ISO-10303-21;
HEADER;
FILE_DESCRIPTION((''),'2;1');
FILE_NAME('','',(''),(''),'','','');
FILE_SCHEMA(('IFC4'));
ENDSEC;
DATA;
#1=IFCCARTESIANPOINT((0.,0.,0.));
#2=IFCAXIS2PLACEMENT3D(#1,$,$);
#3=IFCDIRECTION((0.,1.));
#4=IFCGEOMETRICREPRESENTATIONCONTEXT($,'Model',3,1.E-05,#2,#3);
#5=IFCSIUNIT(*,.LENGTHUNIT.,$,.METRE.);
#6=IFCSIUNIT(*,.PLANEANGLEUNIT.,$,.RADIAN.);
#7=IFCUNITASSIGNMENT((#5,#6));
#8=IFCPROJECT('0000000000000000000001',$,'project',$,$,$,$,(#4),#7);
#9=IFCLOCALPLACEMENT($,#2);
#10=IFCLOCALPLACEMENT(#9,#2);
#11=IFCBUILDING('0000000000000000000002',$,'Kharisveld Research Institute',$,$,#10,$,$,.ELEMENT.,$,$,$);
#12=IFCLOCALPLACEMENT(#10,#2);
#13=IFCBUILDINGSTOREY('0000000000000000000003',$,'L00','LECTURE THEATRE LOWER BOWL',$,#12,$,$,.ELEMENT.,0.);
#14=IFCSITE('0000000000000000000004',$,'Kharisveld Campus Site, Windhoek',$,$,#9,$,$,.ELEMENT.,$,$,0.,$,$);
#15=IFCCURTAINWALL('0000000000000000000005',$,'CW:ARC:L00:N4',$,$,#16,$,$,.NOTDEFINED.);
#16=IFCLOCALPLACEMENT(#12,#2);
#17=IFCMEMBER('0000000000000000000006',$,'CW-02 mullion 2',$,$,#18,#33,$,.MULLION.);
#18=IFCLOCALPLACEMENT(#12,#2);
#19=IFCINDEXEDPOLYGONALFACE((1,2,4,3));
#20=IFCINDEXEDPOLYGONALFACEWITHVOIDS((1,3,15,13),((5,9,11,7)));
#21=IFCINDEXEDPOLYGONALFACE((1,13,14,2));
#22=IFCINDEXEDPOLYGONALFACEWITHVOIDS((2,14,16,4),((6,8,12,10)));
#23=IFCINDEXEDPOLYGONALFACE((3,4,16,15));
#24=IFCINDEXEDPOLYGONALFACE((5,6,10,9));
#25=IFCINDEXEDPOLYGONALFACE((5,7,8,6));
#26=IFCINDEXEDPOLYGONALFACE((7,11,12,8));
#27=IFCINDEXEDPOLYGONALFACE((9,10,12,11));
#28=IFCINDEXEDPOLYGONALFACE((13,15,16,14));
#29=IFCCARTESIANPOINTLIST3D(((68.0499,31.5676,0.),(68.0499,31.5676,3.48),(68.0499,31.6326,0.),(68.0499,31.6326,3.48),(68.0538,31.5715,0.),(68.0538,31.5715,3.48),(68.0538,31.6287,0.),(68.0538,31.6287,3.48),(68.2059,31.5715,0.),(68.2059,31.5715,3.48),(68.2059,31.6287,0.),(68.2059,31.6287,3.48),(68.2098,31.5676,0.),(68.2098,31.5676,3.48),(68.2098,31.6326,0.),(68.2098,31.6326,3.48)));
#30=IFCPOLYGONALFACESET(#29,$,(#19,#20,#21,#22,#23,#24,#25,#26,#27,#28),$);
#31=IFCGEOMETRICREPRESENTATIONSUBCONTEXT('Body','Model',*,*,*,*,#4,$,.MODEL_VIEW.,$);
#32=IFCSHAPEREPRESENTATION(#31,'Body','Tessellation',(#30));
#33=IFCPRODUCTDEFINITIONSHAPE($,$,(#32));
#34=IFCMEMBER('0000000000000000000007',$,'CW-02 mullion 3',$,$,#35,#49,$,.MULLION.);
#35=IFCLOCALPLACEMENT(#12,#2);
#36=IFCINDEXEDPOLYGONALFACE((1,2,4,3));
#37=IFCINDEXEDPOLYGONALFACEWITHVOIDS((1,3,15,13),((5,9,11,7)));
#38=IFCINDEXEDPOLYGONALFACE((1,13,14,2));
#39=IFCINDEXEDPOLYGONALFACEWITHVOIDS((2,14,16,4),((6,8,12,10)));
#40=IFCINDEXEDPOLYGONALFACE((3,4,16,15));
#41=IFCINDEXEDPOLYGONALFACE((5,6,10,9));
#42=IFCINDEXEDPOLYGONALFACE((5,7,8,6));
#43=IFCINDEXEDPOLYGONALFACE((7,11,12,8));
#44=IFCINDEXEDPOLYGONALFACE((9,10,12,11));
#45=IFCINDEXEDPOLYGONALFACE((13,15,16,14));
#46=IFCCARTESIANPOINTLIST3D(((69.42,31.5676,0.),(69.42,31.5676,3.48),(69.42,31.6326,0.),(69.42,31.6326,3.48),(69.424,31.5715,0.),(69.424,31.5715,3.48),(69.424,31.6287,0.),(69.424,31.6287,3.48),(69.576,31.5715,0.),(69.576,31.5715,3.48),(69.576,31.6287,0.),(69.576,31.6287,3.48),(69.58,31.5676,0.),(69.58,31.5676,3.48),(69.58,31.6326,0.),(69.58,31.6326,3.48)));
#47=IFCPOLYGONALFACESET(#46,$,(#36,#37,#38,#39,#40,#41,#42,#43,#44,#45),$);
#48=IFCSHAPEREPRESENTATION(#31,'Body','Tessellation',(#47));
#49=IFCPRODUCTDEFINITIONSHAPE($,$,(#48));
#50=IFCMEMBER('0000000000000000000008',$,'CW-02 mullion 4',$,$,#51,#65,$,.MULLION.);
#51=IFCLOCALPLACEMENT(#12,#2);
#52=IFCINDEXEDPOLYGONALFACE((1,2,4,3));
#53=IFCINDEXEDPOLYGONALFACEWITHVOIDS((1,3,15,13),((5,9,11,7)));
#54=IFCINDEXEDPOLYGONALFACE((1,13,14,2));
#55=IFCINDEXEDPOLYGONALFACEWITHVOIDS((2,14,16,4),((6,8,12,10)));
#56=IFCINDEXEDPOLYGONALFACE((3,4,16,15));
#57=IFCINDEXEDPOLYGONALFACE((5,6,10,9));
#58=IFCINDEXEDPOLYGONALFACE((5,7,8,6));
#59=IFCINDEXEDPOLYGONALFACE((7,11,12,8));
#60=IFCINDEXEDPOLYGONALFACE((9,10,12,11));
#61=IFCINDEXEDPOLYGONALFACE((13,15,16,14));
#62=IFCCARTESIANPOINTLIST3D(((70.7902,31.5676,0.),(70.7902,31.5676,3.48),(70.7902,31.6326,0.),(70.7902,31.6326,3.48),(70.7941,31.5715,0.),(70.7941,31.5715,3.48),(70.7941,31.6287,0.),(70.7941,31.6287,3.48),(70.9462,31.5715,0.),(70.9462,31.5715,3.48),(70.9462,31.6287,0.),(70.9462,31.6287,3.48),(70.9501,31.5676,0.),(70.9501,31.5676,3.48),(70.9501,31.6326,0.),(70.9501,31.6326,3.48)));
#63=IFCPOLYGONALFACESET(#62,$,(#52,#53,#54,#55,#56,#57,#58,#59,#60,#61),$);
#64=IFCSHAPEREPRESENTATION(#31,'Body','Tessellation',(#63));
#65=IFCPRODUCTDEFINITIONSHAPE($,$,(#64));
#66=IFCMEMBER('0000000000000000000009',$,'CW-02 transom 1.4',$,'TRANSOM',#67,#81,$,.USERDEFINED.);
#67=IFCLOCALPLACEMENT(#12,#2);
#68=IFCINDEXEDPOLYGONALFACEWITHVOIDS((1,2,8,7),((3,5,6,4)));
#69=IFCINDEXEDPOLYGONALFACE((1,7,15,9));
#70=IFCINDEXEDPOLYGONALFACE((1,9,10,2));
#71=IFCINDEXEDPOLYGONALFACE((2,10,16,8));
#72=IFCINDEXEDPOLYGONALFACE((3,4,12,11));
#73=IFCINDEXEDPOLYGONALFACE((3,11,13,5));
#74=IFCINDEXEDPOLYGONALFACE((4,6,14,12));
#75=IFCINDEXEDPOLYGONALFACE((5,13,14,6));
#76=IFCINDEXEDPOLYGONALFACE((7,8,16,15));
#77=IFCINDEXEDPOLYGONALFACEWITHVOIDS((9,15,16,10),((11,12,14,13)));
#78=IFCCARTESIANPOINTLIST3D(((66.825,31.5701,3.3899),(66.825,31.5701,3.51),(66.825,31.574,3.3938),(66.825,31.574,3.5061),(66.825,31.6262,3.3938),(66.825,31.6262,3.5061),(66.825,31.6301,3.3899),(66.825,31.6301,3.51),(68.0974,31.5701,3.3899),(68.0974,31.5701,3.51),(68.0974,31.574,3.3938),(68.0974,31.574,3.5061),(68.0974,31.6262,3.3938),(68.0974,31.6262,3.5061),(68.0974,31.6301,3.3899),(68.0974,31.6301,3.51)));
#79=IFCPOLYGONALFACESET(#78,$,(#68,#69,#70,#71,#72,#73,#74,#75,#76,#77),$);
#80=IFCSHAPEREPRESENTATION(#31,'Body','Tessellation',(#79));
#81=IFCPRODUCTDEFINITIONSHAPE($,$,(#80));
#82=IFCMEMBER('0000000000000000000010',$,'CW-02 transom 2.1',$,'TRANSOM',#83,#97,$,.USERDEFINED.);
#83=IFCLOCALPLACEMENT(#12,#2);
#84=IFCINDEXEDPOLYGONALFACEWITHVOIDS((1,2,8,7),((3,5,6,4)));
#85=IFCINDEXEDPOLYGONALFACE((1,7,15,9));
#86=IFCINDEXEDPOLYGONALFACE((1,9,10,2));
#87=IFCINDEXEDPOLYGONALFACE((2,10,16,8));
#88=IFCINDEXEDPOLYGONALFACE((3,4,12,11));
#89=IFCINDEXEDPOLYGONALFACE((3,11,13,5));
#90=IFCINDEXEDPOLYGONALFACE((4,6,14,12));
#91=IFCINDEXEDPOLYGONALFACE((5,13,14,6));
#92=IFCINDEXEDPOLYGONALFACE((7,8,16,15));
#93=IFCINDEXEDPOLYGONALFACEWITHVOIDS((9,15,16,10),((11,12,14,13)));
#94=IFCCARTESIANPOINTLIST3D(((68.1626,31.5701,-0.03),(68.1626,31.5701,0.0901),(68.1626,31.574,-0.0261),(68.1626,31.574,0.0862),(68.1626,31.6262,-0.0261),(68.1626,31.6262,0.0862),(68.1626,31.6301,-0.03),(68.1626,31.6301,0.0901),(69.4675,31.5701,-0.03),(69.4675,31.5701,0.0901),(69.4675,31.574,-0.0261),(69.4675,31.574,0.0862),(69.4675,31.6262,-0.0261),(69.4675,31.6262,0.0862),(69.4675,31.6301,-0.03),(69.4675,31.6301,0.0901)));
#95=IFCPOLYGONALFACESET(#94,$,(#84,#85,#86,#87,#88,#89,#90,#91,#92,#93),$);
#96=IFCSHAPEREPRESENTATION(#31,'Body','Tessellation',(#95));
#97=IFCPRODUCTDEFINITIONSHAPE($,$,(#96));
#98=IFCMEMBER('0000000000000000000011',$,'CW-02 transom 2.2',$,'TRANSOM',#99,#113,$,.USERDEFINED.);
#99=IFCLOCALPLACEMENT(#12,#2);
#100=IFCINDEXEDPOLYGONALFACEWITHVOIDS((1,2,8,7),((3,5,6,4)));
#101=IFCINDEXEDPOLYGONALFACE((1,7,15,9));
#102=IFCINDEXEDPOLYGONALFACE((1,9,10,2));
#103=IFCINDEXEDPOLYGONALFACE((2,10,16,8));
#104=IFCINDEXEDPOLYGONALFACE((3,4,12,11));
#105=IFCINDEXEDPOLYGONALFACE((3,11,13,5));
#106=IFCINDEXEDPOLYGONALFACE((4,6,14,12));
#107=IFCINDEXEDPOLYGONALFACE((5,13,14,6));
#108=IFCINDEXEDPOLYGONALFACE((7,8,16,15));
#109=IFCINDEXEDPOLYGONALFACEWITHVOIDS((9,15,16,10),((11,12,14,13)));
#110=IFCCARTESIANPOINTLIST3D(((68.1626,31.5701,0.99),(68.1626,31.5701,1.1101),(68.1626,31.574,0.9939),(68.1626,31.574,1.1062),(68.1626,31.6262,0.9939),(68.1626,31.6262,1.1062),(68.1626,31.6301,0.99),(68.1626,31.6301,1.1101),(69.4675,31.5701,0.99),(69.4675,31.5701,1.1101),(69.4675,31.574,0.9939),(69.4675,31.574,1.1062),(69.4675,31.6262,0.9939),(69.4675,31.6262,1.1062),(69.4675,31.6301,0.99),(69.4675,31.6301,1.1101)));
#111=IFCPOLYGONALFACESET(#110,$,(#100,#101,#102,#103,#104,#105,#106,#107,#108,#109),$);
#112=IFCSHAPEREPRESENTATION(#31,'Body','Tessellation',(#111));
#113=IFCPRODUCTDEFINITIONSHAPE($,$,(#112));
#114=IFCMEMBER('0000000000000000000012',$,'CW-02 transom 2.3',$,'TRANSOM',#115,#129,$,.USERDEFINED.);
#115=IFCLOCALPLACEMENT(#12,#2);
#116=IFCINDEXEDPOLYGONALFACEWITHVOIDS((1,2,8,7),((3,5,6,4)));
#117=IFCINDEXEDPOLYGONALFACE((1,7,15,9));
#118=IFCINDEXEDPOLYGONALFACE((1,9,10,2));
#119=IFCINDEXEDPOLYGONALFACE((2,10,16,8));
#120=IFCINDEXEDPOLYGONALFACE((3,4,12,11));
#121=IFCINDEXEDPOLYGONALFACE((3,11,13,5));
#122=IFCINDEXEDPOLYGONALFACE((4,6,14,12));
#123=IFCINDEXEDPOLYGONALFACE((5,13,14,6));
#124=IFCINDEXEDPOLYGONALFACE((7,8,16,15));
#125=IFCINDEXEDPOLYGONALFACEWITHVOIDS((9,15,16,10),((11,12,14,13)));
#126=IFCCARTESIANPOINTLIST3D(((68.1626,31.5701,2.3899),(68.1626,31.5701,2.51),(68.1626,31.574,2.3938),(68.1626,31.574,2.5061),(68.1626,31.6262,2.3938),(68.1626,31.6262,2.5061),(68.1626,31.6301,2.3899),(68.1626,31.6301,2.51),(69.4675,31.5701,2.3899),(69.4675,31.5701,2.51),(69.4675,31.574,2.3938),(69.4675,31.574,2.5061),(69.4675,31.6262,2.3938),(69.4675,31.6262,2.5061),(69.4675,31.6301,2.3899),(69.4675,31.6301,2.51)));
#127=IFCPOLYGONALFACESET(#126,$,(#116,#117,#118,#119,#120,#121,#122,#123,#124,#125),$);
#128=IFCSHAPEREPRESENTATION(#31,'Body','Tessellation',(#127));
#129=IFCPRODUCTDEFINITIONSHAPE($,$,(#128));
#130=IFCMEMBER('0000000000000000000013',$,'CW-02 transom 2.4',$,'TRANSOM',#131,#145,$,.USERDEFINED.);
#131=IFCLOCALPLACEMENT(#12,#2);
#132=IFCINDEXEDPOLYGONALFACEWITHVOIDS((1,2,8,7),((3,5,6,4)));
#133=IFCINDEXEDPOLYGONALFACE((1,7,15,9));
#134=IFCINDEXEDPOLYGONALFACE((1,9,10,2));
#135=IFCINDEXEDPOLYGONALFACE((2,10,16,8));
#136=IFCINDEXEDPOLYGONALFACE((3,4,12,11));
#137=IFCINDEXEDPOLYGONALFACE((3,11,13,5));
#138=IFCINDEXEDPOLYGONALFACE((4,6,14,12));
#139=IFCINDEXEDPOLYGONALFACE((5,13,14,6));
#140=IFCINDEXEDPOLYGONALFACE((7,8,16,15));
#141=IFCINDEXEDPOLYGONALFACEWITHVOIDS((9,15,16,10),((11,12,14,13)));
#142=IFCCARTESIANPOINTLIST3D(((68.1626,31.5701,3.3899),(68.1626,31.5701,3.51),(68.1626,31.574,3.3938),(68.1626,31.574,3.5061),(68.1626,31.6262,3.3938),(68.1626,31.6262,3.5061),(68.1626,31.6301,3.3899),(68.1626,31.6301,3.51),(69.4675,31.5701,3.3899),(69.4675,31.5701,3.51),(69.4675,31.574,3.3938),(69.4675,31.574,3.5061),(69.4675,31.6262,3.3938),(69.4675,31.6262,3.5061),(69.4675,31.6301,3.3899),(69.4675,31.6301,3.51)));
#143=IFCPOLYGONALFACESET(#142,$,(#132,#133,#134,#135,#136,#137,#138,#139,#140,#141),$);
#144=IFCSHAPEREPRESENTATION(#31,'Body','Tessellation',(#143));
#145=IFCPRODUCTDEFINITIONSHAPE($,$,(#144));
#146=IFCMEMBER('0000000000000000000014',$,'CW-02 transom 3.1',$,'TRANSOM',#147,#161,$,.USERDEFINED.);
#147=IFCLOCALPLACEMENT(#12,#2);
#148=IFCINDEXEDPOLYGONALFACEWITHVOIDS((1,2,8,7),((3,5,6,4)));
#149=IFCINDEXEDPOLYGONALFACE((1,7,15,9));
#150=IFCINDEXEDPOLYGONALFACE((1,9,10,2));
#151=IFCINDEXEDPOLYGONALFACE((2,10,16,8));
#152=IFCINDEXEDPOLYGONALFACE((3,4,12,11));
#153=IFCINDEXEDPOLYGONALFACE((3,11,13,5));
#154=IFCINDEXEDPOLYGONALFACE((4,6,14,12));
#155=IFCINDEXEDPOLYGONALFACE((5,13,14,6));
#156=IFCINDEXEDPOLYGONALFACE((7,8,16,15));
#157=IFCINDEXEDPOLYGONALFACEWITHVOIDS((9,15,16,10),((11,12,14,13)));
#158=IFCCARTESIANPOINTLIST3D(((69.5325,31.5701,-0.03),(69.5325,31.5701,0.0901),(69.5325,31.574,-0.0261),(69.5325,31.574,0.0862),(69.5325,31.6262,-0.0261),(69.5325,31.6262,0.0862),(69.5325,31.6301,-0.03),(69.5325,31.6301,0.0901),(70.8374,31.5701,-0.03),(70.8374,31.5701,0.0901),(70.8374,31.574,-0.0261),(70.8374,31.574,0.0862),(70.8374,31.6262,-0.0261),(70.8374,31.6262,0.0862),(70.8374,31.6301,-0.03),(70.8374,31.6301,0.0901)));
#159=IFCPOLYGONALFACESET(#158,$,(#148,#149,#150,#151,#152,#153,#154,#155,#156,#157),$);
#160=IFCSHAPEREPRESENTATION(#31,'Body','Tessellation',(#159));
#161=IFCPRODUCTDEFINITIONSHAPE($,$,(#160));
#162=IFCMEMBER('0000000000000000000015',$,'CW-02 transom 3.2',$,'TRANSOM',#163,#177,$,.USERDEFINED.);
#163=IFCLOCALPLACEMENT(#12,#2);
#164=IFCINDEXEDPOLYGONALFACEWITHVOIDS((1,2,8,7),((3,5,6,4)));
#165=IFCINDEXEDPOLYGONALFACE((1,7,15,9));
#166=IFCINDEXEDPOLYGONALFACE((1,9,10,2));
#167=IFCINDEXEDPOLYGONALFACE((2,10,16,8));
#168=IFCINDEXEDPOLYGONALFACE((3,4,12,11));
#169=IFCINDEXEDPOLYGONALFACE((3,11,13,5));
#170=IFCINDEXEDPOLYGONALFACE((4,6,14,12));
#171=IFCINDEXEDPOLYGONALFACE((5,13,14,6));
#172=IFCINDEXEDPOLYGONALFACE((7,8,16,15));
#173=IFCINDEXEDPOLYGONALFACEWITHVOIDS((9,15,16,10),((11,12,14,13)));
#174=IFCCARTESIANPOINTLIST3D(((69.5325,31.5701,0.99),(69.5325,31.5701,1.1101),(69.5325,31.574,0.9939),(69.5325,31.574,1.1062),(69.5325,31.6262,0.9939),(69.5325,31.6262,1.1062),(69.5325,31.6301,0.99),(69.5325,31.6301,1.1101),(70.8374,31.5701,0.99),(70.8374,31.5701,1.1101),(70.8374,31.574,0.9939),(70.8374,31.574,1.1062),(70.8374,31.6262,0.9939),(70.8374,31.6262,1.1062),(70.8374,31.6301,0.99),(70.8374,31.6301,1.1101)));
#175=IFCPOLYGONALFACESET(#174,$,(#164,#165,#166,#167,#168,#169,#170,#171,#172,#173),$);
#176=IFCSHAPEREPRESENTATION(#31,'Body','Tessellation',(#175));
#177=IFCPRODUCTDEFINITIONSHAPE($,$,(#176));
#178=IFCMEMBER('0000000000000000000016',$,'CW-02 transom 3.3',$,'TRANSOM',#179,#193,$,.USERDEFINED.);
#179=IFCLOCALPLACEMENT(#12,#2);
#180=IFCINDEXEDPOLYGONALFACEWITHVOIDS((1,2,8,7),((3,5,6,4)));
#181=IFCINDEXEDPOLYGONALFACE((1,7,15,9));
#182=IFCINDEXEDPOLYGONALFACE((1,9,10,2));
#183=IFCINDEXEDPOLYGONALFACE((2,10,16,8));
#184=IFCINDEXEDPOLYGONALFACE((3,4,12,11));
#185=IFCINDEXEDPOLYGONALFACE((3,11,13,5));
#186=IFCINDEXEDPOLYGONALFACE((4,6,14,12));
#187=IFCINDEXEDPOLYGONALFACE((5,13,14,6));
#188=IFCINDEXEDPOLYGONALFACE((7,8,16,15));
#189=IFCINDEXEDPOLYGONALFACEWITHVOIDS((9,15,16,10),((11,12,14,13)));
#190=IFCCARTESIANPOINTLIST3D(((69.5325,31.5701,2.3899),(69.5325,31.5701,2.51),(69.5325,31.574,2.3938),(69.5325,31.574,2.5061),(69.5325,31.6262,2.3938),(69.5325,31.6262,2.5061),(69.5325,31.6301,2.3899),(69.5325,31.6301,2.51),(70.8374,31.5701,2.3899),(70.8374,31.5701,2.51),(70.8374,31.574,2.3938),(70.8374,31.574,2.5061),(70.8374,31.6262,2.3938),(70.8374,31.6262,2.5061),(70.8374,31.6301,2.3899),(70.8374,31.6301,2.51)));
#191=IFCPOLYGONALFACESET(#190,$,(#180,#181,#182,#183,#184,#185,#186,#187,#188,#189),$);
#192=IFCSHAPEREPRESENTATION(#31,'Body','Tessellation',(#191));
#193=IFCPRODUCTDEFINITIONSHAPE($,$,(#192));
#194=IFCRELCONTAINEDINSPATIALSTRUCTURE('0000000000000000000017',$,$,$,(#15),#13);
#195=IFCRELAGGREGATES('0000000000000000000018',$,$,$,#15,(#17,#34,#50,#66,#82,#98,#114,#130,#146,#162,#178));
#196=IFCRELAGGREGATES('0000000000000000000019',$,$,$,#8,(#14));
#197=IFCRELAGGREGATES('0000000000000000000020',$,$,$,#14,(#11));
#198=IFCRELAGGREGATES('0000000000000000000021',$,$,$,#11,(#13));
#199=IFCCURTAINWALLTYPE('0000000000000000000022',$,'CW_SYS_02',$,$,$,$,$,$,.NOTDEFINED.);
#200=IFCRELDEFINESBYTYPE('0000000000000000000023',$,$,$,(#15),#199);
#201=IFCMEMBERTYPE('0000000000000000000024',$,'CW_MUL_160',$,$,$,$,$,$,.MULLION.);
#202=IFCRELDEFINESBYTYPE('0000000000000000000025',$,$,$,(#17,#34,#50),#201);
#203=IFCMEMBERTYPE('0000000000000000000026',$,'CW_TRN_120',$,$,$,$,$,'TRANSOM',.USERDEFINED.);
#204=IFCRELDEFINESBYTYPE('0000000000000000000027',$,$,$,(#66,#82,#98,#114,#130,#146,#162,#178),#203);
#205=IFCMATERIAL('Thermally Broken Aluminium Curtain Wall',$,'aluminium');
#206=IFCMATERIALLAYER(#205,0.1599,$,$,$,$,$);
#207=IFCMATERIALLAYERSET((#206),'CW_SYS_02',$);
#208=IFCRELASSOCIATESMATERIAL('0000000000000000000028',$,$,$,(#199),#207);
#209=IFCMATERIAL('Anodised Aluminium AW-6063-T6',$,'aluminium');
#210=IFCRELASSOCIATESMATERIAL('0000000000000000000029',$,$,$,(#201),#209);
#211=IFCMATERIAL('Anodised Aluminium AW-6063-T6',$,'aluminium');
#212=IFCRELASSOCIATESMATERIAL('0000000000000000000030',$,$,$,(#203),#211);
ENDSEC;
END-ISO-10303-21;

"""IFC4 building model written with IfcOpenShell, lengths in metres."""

from ifc_helpers import new_model, si_unit, direction, frame, origin, origin_2d, place, context, subcontext, project, spatial, hollow_rectangle, extrude, material, layer, layer_set, material_profile, profile_set, type_object, element, aggregate, save


model = new_model("IFC4")

# Units and contexts
model_context = context("Model", 3, precision=1e-05, world=origin(), true_north=direction((0.0, 1.0)))
body_context = subcontext(model_context, "Body", "Model", "MODEL_VIEW")
ifc_project = project(units=[si_unit("LENGTHUNIT", "METRE"), si_unit("PLANEANGLEUNIT", "RADIAN")], contexts=[model_context])

# Site, building, storey
site_placement = place(None, origin())
site = spatial("IfcSite", under=ifc_project, at=site_placement, Name="Kharisveld Campus Site, Windhoek", CompositionType="ELEMENT", RefElevation=0.0)
building_placement = place(site_placement, origin())
building = spatial("IfcBuilding", under=site, at=building_placement, Name="Kharisveld Research Institute", CompositionType="ELEMENT")
storey_placement = place(building_placement, origin())
storey = spatial("IfcBuildingStorey", under=building, at=storey_placement, Name="L00", Description="LECTURE THEATRE LOWER BOWL", CompositionType="ELEMENT", Elevation=0.0)

# Curtain wall, members
ifc_material_1 = material(Name="Thermally Broken Aluminium Curtain Wall", Category="aluminium")
ifc_layer_1 = layer(ifc_material_1, 0.1599)
ifc_layer_set_1 = layer_set([ifc_layer_1], Name="CW_SYS_02")
curtain_wall_type = type_object("IfcCurtainWallType", Name="CW_SYS_02", PredefinedType="NOTDEFINED", material=ifc_layer_set_1)
curtain_wall_placement = place(storey_placement, origin())
curtain_wall = element("IfcCurtainWall", 1, at=curtain_wall_placement, inside=storey, type_object=curtain_wall_type, Name="CW:ARC:L00:N4", PredefinedType="NOTDEFINED")
ifc_material_2 = material(Name="Anodised Aluminium AW-6063-T6", Category="aluminium")
ifc_material_profile_1 = material_profile(ifc_material_2, hollow_rectangle(XDim=0.0649, YDim=0.1599, WallThickness=0.0039, at=origin_2d()))
ifc_profile_set_1 = profile_set([ifc_material_profile_1], Name="Anodised Aluminium AW-6063-T6")
member_type_1 = type_object("IfcMemberType", Name="CW_MUL_160", PredefinedType="MULLION", material=ifc_profile_set_1)
member_1_placement = place(storey_placement, frame((68.1299, 31.6001, 0.0), z_axis=(0.0, 0.0, 1.0), x_axis=(0.0, 1.0, 0.0)))
member_1 = element("IfcMember", 2, at=member_1_placement, type_object=member_type_1, Name="CW-02 mullion 2", PredefinedType="MULLION", context=body_context, shape_type="SweptSolid", body=[
    extrude(hollow_rectangle(XDim=0.0649, YDim=0.1599, WallThickness=0.0039, at=origin_2d()), origin(), (0.0, 0.0, 1.0), 3.48),
])
member_2_placement = place(storey_placement, frame((69.5, 31.6001, 0.0), z_axis=(0.0, 0.0, 1.0), x_axis=(0.0, 1.0, 0.0)))
member_2 = element("IfcMember", 3, at=member_2_placement, type_object=member_type_1, Name="CW-02 mullion 3", PredefinedType="MULLION", context=body_context, shape_type="SweptSolid", body=[
    extrude(hollow_rectangle(XDim=0.0649, YDim=0.1599, WallThickness=0.0039, at=origin_2d()), origin(), (0.0, 0.0, 1.0), 3.48),
])
member_3_placement = place(storey_placement, frame((70.8701, 31.6001, 0.0), z_axis=(0.0, 0.0, 1.0), x_axis=(0.0, 1.0, 0.0)))
member_3 = element("IfcMember", 4, at=member_3_placement, type_object=member_type_1, Name="CW-02 mullion 4", PredefinedType="MULLION", context=body_context, shape_type="SweptSolid", body=[
    extrude(hollow_rectangle(XDim=0.0649, YDim=0.1599, WallThickness=0.0039, at=origin_2d()), origin(), (0.0, 0.0, 1.0), 3.48),
])
ifc_material_3 = material(Name="Anodised Aluminium AW-6063-T6", Category="aluminium")
ifc_material_profile_2 = material_profile(ifc_material_3, hollow_rectangle(XDim=0.0601, YDim=0.1201, WallThickness=0.0039, at=origin_2d()))
ifc_profile_set_2 = profile_set([ifc_material_profile_2], Name="Anodised Aluminium AW-6063-T6")
member_type_2 = type_object("IfcMemberType", Name="CW_TRN_120", ElementType="TRANSOM", PredefinedType="USERDEFINED", material=ifc_profile_set_2)
member_4_placement = place(storey_placement, frame((66.825, 31.6001, 3.45), z_axis=(1.0, 0.0, 0.0), x_axis=(0.0, 1.0, 0.0)))
member_4 = element("IfcMember", 5, at=member_4_placement, type_object=member_type_2, Name="CW-02 transom 1.4", ObjectType="TRANSOM", PredefinedType="USERDEFINED", context=body_context, shape_type="SweptSolid", body=[
    extrude(hollow_rectangle(XDim=0.0601, YDim=0.1201, WallThickness=0.0039, at=origin_2d()), origin(), (0.0, 0.0, 1.0), 1.2725),
])
member_5_placement = place(storey_placement, frame((68.1626, 31.6001, 0.03), z_axis=(1.0, 0.0, 0.0), x_axis=(0.0, 1.0, 0.0)))
member_5 = element("IfcMember", 6, at=member_5_placement, type_object=member_type_2, Name="CW-02 transom 2.1", ObjectType="TRANSOM", PredefinedType="USERDEFINED", context=body_context, shape_type="SweptSolid", body=[
    extrude(hollow_rectangle(XDim=0.0601, YDim=0.1201, WallThickness=0.0039, at=origin_2d()), origin(), (0.0, 0.0, 1.0), 1.3049),
])
member_6_placement = place(storey_placement, frame((68.1626, 31.6001, 1.05), z_axis=(1.0, 0.0, 0.0), x_axis=(0.0, 1.0, 0.0)))
member_6 = element("IfcMember", 7, at=member_6_placement, type_object=member_type_2, Name="CW-02 transom 2.2", ObjectType="TRANSOM", PredefinedType="USERDEFINED", context=body_context, shape_type="SweptSolid", body=[
    extrude(hollow_rectangle(XDim=0.0601, YDim=0.1201, WallThickness=0.0039, at=origin_2d()), origin(), (0.0, 0.0, 1.0), 1.3049),
])
member_7_placement = place(storey_placement, frame((68.1626, 31.6001, 2.45), z_axis=(1.0, 0.0, 0.0), x_axis=(0.0, 1.0, 0.0)))
member_7 = element("IfcMember", 8, at=member_7_placement, type_object=member_type_2, Name="CW-02 transom 2.3", ObjectType="TRANSOM", PredefinedType="USERDEFINED", context=body_context, shape_type="SweptSolid", body=[
    extrude(hollow_rectangle(XDim=0.0601, YDim=0.1201, WallThickness=0.0039, at=origin_2d()), origin(), (0.0, 0.0, 1.0), 1.3049),
])
member_8_placement = place(storey_placement, frame((68.1626, 31.6001, 3.45), z_axis=(1.0, 0.0, 0.0), x_axis=(0.0, 1.0, 0.0)))
member_8 = element("IfcMember", 9, at=member_8_placement, type_object=member_type_2, Name="CW-02 transom 2.4", ObjectType="TRANSOM", PredefinedType="USERDEFINED", context=body_context, shape_type="SweptSolid", body=[
    extrude(hollow_rectangle(XDim=0.0601, YDim=0.1201, WallThickness=0.0039, at=origin_2d()), origin(), (0.0, 0.0, 1.0), 1.3049),
])
member_9_placement = place(storey_placement, frame((69.5325, 31.6001, 0.03), z_axis=(1.0, 0.0, 0.0), x_axis=(0.0, 1.0, 0.0)))
member_9 = element("IfcMember", 10, at=member_9_placement, type_object=member_type_2, Name="CW-02 transom 3.1", ObjectType="TRANSOM", PredefinedType="USERDEFINED", context=body_context, shape_type="SweptSolid", body=[
    extrude(hollow_rectangle(XDim=0.0601, YDim=0.1201, WallThickness=0.0039, at=origin_2d()), origin(), (0.0, 0.0, 1.0), 1.3049),
])
member_10_placement = place(storey_placement, frame((69.5325, 31.6001, 1.05), z_axis=(1.0, 0.0, 0.0), x_axis=(0.0, 1.0, 0.0)))
member_10 = element("IfcMember", 11, at=member_10_placement, type_object=member_type_2, Name="CW-02 transom 3.2", ObjectType="TRANSOM", PredefinedType="USERDEFINED", context=body_context, shape_type="SweptSolid", body=[
    extrude(hollow_rectangle(XDim=0.0601, YDim=0.1201, WallThickness=0.0039, at=origin_2d()), origin(), (0.0, 0.0, 1.0), 1.3049),
])
member_11_placement = place(storey_placement, frame((69.5325, 31.6001, 2.45), z_axis=(1.0, 0.0, 0.0), x_axis=(0.0, 1.0, 0.0)))
member_11 = element("IfcMember", 12, at=member_11_placement, type_object=member_type_2, Name="CW-02 transom 3.3", ObjectType="TRANSOM", PredefinedType="USERDEFINED", context=body_context, shape_type="SweptSolid", body=[
    extrude(hollow_rectangle(XDim=0.0601, YDim=0.1201, WallThickness=0.0039, at=origin_2d()), origin(), (0.0, 0.0, 1.0), 1.3049),
])
aggregate(curtain_wall, [member_1, member_2, member_3, member_4, member_5, member_6, member_7, member_8, member_9, member_10, member_11])

save(model, "model.ifc")
